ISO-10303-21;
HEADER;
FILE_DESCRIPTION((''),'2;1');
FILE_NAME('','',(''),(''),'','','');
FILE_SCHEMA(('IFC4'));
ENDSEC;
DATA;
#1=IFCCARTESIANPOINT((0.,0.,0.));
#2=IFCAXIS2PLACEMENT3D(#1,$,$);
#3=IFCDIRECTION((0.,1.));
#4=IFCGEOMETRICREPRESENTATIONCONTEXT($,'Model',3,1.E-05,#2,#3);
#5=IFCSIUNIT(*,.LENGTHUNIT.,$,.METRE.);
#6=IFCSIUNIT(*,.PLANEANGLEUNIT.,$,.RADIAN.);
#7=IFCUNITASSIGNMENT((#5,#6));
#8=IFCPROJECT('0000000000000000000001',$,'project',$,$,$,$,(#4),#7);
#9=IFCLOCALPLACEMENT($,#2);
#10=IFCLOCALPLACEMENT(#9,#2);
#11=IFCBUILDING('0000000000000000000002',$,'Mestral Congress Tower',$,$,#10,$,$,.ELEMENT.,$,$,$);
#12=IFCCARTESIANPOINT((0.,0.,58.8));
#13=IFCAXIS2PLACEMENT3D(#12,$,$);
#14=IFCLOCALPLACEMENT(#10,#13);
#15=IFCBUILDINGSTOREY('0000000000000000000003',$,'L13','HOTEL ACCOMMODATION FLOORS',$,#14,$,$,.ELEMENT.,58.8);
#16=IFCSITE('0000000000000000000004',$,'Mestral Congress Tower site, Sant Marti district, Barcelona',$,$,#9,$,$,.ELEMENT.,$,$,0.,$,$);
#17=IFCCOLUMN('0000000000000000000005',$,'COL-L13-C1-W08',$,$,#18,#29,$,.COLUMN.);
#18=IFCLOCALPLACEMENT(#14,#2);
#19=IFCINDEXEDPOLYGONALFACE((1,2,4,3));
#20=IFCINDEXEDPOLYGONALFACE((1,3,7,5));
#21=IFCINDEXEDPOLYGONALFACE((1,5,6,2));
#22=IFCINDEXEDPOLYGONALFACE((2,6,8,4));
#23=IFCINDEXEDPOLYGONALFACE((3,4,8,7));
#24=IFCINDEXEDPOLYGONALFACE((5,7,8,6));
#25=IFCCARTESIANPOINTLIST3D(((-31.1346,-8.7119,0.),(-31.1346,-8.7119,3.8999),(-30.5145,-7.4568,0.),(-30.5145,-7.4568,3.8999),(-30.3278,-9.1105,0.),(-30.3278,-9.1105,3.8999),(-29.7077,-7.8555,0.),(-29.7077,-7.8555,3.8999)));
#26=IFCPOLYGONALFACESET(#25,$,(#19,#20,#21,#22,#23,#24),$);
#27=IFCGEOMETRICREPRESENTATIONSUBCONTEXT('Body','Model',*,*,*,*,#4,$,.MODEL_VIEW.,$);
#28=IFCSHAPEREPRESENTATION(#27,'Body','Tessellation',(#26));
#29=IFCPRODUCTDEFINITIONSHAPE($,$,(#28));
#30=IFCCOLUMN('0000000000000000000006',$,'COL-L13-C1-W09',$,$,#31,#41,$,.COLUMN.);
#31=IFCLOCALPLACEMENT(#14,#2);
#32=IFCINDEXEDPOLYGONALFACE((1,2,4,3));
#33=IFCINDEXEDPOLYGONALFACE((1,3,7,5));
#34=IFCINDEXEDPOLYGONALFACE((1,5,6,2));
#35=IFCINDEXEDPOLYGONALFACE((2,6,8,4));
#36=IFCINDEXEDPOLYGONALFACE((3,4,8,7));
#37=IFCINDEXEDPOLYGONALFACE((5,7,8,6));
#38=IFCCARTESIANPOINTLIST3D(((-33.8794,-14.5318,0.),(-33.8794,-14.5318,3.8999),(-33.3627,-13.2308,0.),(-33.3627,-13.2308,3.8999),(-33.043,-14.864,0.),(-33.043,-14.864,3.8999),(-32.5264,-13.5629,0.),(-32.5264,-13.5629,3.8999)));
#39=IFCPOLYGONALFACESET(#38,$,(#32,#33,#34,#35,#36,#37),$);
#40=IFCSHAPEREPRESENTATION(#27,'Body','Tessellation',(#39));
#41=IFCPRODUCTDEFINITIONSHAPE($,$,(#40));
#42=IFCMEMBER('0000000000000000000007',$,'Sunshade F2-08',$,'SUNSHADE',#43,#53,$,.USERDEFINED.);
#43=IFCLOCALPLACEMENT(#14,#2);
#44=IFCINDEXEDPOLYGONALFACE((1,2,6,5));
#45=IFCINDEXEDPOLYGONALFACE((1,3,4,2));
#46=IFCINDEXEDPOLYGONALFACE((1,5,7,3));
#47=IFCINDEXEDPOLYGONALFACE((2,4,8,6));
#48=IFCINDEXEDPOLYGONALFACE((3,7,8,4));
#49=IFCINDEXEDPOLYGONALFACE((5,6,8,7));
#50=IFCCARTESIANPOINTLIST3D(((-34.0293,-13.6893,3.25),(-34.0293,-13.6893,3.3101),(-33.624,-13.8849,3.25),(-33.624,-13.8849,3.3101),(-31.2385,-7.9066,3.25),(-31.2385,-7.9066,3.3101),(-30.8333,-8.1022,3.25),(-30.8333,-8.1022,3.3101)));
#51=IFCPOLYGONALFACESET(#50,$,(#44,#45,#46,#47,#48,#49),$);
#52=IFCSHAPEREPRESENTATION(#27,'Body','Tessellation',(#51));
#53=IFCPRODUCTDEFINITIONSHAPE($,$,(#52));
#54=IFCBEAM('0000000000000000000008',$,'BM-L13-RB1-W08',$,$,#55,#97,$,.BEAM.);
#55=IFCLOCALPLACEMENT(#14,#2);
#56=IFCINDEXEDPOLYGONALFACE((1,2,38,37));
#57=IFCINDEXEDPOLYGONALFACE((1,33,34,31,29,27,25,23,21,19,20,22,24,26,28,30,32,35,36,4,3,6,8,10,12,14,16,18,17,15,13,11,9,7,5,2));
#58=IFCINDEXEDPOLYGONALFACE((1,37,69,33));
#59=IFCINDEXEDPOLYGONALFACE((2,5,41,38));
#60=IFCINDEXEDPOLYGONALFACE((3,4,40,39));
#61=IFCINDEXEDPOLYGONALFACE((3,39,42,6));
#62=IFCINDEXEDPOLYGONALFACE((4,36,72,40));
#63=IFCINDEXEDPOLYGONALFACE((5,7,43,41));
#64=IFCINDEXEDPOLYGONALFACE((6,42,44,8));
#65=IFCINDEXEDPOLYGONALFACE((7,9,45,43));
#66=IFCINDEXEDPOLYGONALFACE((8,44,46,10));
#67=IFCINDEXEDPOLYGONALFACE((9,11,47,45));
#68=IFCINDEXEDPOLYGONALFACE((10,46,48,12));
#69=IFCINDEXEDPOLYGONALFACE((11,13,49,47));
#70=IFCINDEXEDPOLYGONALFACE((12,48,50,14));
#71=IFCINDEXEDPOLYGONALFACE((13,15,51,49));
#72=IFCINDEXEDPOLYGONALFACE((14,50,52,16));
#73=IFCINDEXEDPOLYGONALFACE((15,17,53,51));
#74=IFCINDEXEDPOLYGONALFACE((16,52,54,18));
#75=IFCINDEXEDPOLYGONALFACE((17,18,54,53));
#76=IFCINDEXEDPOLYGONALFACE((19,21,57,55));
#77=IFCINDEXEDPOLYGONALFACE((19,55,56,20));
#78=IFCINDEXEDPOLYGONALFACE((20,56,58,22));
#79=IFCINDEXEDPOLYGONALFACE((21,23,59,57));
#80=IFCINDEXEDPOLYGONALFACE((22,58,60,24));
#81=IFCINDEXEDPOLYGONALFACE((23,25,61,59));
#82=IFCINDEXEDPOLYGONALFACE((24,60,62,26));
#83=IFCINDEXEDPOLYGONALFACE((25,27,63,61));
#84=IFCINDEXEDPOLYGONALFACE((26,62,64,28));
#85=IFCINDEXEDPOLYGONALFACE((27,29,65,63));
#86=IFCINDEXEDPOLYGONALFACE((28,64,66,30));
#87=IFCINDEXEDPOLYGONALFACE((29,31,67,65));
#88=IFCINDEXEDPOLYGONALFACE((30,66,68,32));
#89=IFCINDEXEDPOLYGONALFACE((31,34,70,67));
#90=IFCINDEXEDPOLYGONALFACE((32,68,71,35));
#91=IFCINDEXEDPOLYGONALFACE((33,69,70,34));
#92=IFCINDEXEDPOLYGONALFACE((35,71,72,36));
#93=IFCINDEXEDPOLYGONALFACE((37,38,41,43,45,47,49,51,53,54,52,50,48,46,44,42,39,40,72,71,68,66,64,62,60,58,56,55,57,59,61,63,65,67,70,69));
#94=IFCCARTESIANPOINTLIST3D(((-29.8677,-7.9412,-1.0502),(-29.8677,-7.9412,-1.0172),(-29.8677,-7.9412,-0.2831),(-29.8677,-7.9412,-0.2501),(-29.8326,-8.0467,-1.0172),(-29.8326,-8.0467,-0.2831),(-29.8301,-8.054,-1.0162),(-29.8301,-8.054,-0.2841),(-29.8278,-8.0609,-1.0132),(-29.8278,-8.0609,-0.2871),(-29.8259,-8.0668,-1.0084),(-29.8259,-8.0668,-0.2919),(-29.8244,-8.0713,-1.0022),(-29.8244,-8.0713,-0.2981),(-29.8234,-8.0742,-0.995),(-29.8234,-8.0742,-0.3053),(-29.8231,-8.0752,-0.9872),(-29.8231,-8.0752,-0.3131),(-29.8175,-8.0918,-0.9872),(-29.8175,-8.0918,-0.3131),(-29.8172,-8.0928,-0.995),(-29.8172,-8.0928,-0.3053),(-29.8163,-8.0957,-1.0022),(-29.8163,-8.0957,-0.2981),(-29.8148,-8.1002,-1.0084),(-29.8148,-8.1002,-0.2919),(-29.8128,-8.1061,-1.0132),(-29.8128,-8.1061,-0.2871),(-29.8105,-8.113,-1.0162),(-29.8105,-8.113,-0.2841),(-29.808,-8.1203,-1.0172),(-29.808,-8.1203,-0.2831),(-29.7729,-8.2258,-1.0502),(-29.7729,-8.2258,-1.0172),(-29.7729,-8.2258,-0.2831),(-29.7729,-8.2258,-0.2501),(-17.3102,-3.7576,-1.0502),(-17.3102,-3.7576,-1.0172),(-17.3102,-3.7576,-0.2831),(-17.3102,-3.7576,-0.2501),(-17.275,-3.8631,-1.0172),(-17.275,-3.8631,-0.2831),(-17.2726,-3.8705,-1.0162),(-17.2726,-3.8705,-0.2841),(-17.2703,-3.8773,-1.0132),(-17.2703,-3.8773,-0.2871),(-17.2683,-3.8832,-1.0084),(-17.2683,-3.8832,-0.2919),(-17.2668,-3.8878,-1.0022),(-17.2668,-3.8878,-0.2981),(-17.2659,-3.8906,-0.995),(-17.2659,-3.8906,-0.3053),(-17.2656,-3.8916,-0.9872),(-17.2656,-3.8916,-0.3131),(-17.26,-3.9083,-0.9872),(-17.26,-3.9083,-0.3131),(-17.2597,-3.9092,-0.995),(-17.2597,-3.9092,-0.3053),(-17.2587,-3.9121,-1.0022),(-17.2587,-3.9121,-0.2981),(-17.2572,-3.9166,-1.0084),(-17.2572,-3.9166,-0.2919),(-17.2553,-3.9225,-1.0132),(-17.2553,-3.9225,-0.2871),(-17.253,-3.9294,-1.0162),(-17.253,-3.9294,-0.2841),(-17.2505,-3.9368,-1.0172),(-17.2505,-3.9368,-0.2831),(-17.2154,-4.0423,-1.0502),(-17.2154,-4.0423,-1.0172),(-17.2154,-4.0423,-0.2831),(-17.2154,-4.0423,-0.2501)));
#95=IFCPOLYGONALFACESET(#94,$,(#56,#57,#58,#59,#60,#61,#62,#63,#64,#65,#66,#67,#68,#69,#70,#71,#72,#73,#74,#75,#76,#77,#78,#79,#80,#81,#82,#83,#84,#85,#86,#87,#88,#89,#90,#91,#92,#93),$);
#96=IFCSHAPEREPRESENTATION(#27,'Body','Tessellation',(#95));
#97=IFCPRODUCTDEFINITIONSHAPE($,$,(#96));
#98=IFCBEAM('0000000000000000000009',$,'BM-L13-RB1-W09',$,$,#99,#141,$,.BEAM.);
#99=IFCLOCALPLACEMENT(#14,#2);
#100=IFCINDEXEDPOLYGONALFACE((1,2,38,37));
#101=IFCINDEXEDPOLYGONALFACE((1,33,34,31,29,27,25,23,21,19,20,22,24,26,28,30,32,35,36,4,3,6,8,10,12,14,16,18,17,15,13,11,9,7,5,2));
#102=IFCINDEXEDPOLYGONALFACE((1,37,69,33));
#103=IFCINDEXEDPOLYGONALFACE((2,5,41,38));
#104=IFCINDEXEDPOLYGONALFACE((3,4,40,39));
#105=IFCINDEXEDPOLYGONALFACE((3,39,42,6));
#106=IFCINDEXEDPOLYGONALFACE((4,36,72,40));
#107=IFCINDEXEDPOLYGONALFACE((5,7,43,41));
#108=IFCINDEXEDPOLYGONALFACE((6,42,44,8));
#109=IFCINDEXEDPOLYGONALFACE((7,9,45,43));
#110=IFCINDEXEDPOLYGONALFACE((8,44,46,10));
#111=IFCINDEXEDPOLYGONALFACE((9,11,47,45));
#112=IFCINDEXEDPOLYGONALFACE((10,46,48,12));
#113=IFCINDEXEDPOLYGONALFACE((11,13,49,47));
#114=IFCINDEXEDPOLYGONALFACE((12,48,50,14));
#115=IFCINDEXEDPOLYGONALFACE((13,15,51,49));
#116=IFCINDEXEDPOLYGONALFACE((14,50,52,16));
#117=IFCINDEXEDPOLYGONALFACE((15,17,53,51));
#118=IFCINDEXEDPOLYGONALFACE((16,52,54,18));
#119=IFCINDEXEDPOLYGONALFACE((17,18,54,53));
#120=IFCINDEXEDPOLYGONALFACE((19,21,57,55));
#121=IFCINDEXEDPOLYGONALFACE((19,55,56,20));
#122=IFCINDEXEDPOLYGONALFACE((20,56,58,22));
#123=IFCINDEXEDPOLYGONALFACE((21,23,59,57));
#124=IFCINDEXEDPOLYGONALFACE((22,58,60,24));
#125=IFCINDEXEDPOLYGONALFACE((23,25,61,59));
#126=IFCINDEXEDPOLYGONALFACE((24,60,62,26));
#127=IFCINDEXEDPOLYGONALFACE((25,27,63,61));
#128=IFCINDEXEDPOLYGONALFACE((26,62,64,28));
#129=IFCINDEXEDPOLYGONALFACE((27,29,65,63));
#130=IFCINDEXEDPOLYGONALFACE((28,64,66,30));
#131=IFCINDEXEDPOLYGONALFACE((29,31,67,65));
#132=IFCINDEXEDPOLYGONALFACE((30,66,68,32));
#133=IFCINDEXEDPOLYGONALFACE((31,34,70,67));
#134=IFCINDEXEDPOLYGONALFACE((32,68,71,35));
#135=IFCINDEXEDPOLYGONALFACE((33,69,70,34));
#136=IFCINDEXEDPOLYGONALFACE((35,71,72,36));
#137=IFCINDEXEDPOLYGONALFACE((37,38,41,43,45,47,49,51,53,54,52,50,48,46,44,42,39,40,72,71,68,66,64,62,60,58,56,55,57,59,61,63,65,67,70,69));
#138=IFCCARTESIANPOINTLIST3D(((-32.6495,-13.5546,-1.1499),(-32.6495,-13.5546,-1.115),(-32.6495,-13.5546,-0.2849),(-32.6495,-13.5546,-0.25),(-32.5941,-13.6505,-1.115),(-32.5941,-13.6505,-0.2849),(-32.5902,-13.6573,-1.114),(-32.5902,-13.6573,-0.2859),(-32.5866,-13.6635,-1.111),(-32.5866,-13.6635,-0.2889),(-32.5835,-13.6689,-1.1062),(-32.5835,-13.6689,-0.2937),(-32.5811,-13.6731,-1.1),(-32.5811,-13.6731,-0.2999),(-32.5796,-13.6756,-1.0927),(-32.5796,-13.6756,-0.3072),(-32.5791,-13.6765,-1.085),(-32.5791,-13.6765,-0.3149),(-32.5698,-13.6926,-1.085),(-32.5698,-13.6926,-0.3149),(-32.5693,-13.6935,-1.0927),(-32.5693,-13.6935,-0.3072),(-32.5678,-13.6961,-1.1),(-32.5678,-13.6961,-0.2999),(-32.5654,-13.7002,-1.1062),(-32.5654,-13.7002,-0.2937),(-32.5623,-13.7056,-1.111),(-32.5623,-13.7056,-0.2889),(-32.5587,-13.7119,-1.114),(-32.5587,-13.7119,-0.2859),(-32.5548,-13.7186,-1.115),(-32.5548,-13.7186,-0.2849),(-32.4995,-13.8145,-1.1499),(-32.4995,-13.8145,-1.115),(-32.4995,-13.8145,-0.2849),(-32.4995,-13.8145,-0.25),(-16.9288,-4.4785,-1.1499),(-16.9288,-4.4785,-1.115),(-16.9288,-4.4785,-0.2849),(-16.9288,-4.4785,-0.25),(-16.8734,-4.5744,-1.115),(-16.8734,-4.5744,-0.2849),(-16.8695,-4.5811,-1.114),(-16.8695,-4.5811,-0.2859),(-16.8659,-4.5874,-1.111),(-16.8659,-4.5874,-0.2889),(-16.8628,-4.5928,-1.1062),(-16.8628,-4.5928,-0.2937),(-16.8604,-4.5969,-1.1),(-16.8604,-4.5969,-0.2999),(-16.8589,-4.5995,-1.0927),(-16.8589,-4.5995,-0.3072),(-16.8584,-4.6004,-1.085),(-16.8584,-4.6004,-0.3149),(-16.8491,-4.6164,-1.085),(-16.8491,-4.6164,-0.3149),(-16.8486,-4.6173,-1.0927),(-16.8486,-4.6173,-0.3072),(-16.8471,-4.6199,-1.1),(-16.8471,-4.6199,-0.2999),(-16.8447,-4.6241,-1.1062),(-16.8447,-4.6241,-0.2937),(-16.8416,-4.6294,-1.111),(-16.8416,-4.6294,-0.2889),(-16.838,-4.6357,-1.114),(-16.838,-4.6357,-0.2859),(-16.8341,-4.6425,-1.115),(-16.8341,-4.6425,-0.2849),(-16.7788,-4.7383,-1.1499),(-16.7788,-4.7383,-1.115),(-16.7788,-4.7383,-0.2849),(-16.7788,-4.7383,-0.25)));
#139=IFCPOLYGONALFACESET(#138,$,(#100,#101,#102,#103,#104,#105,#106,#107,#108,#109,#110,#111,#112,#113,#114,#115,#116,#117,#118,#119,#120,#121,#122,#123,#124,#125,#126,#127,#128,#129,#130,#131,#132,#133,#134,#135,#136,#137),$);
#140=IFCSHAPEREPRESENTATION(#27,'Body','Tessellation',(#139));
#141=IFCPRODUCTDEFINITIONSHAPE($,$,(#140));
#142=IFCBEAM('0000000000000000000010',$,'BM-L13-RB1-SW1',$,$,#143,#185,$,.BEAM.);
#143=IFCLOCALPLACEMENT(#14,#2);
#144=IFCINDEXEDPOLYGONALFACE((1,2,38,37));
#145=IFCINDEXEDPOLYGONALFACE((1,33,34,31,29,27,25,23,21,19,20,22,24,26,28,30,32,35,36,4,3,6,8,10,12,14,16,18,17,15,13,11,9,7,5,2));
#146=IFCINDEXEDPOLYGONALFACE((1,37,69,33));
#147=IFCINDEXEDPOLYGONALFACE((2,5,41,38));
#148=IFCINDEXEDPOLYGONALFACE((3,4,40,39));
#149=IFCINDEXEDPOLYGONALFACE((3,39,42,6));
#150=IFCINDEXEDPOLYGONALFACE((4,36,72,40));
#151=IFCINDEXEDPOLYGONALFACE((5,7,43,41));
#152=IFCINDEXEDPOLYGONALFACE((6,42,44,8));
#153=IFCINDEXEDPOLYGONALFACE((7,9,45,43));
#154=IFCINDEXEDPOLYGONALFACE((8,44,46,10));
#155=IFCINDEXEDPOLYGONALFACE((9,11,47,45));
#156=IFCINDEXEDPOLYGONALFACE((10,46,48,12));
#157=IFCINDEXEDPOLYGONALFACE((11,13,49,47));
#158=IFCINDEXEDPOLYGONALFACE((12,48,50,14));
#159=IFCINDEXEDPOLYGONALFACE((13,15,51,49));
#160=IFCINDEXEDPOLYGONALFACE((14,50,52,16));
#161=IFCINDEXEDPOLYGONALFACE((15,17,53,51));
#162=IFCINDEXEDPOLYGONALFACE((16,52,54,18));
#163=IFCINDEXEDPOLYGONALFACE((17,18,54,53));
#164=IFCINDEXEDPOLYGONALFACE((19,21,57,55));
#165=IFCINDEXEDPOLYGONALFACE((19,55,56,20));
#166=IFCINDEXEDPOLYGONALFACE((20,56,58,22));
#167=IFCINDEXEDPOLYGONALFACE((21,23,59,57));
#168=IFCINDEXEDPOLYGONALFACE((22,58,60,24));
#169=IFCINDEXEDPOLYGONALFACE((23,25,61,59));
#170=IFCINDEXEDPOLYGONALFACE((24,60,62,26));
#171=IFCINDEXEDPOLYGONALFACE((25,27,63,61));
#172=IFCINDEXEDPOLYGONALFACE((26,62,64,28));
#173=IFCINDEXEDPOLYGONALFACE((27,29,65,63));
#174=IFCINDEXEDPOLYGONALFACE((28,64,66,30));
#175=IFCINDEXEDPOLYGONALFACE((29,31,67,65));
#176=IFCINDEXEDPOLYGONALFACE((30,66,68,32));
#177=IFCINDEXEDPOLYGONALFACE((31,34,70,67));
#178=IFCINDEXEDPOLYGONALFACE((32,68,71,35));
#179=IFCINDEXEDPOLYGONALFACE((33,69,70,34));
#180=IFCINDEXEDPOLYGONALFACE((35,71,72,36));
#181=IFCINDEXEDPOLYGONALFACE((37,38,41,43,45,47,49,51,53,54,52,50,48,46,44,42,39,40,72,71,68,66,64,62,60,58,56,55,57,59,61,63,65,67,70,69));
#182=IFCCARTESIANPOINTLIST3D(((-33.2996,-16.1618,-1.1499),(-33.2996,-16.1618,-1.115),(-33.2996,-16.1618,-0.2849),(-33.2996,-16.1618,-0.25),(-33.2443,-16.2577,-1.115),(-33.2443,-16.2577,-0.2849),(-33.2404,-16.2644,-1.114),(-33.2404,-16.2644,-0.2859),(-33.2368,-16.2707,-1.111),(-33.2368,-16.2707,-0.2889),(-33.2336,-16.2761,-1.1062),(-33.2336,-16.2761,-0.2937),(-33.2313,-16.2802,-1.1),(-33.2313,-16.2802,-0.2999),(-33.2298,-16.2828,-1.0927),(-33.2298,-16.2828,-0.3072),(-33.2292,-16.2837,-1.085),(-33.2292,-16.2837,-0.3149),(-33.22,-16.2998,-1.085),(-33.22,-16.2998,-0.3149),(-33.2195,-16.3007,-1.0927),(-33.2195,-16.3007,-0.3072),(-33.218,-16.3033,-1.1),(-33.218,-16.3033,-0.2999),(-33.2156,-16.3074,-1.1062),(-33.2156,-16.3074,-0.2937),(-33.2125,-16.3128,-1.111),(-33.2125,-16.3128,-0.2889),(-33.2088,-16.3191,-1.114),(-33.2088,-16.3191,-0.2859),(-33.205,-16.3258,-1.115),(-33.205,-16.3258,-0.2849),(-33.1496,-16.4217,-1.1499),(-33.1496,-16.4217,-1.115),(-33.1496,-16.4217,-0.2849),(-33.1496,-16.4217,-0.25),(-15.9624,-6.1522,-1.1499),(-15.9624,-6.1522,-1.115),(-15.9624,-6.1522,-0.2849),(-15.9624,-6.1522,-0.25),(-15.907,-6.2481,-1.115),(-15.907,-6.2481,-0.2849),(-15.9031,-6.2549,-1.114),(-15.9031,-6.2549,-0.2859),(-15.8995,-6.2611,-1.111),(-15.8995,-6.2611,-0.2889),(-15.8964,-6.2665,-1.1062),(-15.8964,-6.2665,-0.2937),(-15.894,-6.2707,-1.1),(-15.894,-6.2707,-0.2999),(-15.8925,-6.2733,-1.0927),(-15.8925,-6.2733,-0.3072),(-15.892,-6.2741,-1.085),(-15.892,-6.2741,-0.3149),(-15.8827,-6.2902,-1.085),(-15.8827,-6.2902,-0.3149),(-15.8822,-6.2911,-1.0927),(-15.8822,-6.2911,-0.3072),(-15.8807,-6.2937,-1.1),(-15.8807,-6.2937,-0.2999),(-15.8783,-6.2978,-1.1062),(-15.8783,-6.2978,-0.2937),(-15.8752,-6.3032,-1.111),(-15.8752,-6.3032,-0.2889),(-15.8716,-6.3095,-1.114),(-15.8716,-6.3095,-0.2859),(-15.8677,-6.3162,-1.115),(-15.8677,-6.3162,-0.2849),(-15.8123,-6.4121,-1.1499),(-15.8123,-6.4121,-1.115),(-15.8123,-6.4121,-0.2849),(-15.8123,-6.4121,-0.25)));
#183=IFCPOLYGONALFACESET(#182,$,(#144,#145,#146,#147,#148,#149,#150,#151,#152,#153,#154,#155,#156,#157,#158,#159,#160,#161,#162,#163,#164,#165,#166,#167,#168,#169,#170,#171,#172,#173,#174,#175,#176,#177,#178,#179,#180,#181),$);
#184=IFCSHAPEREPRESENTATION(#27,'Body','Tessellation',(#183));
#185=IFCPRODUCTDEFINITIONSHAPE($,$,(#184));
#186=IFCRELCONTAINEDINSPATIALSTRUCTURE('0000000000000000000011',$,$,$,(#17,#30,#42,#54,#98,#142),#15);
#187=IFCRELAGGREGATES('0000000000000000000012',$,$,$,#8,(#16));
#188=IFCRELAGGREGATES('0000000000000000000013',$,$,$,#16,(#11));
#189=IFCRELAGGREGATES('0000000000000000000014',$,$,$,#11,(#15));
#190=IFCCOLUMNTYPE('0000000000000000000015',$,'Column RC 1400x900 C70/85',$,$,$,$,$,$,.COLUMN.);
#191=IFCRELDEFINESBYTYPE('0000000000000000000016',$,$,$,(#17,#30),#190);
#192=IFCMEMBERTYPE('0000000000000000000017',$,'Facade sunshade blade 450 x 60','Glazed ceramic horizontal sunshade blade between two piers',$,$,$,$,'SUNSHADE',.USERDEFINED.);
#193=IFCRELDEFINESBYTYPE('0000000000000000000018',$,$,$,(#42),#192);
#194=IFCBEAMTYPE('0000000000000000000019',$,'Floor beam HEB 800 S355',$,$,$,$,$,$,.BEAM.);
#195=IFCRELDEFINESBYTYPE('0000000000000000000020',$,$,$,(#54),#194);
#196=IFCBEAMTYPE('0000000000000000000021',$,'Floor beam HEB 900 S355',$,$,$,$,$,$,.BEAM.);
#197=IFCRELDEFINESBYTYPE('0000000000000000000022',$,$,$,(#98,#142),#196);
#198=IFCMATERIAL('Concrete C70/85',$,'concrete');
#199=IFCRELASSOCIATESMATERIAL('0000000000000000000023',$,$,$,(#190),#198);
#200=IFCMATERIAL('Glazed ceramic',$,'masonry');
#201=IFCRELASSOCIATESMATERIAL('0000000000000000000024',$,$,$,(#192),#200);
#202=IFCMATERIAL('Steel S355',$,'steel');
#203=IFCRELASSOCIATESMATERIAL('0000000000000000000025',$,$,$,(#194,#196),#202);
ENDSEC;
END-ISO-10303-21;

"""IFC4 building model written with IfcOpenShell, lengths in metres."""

from ifc_helpers import new_model, si_unit, direction, frame, origin, origin_2d, place, context, subcontext, project, spatial, rectangle, i_section, extrude, material, material_profile, profile_set, type_object, element, save


model = new_model("IFC4")

# Units and contexts
model_context = context("Model", 3, precision=1e-05, world=origin(), true_north=direction((0.0, 1.0)))
body_context = subcontext(model_context, "Body", "Model", "MODEL_VIEW")
ifc_project = project(units=[si_unit("LENGTHUNIT", "METRE"), si_unit("PLANEANGLEUNIT", "RADIAN")], contexts=[model_context])

# Site, building, storey
site_placement = place(None, origin())
site = spatial("IfcSite", under=ifc_project, at=site_placement, Name="Mestral Congress Tower site, Sant Marti district, Barcelona", CompositionType="ELEMENT", RefElevation=0.0)
building_placement = place(site_placement, origin())
building = spatial("IfcBuilding", under=site, at=building_placement, Name="Mestral Congress Tower", CompositionType="ELEMENT")
storey_placement = place(building_placement, frame((0.0, 0.0, 58.8)))
storey = spatial("IfcBuildingStorey", under=building, at=storey_placement, Name="L13", Description="HOTEL ACCOMMODATION FLOORS", CompositionType="ELEMENT", Elevation=58.8)

# Columns
ifc_material_1 = material(Name="Concrete C70/85", Category="concrete")
ifc_material_profile_1 = material_profile(ifc_material_1, rectangle(XDim=1.3999, YDim=0.8999, at=origin_2d()), Name="RC 1400x900")
ifc_profile_set_1 = profile_set([ifc_material_profile_1], Name="Concrete C70/85")
column_type = type_object("IfcColumnType", Name="Column RC 1400x900 C70/85", PredefinedType="COLUMN", material=ifc_profile_set_1)
for number, where, z_axis, x_axis, name in (
    (1, (-30.4211, -8.2837, 0.0), (0.0, 0.0, 1.0), (-0.442959, -0.896542, 0.0), "COL-L13-C1-W08"),
    (2, (-33.2029, -14.0474, 0.0), (0.0, 0.0, 1.0), (-0.36909, -0.929394, 0.0), "COL-L13-C1-W09"),
):
    element("IfcColumn", number, at=place(storey_placement, frame(where, z_axis=z_axis, x_axis=x_axis)), inside=storey, type_object=column_type, Name=name, PredefinedType="COLUMN", context=body_context, shape_type="SweptSolid", body=[
        extrude(rectangle(XDim=1.3999, YDim=0.8999, at=origin_2d()), origin(), (0.0, 0.0, 1.0), 3.8999),
    ])

# Member
ifc_material_2 = material(Name="Glazed ceramic", Category="masonry")
ifc_material_profile_2 = material_profile(ifc_material_2, rectangle(XDim=0.45, YDim=0.0601, at=origin_2d()), Name="Ceramic blade 450 x 60")
ifc_profile_set_2 = profile_set([ifc_material_profile_2], Name="Glazed ceramic")
member_type = type_object("IfcMemberType", Name="Facade sunshade blade 450 x 60", Description="Glazed ceramic horizontal sunshade blade between two piers", ElementType="SUNSHADE", PredefinedType="USERDEFINED", material=ifc_profile_set_2)
member_placement = place(storey_placement, frame((-31.0359, -8.0044, 3.28), z_axis=(-0.434637, -0.900606, 0.0), x_axis=(0.900606, -0.434637, 0.0)))
element("IfcMember", 3, at=member_placement, inside=storey, type_object=member_type, Name="Sunshade F2-08", ObjectType="SUNSHADE", PredefinedType="USERDEFINED", context=body_context, shape_type="SweptSolid", body=[
    extrude(rectangle(XDim=0.45, YDim=0.0601, at=origin_2d()), origin(), (0.0, 0.0, 1.0), 6.4209),
])

# Beams
ifc_material_3 = material(Name="Steel S355", Category="steel")
ifc_material_profile_3 = material_profile(ifc_material_3, i_section(OverallWidth=0.3, OverallDepth=0.8, WebThickness=0.0176, FlangeThickness=0.033, FilletRadius=0.03, at=origin_2d()), Name="HEB 800")
ifc_profile_set_3 = profile_set([ifc_material_profile_3], Name="Steel S355")
beam_type_1 = type_object("IfcBeamType", Name="Floor beam HEB 800 S355", PredefinedType="BEAM", material=ifc_profile_set_3)
beam_1_placement = place(storey_placement, frame((-29.8203, -8.0835, -0.6501), z_axis=(0.948735, 0.316073, 0.0), x_axis=(-0.316073, 0.948735, 0.0)))
element("IfcBeam", 4, at=beam_1_placement, inside=storey, type_object=beam_type_1, Name="BM-L13-RB1-W08", PredefinedType="BEAM", context=body_context, shape_type="SweptSolid", body=[
    extrude(i_section(OverallWidth=0.3, OverallDepth=0.8, WebThickness=0.0176, FlangeThickness=0.033, FilletRadius=0.03, at=origin_2d()), origin(), (0.0, 0.0, 1.0), 13.2361),
])
ifc_material_profile_4 = material_profile(ifc_material_3, i_section(OverallWidth=0.3, OverallDepth=0.8999, WebThickness=0.0186, FlangeThickness=0.0349, FilletRadius=0.03, at=origin_2d()), Name="HEB 900")
ifc_profile_set_4 = profile_set([ifc_material_profile_4], Name="Steel S355")
beam_type_2 = type_object("IfcBeamType", Name="Floor beam HEB 900 S355", PredefinedType="BEAM", material=ifc_profile_set_4)
beam_2_placement = place(storey_placement, frame((-32.5745, -13.6846, -0.7), z_axis=(0.86603, 0.499993, 0.0), x_axis=(-0.499993, 0.86603, 0.0)))
element("IfcBeam", 5, at=beam_2_placement, inside=storey, type_object=beam_type_2, Name="BM-L13-RB1-W09", PredefinedType="BEAM", context=body_context, shape_type="SweptSolid", body=[
    extrude(i_section(OverallWidth=0.3, OverallDepth=0.8999, WebThickness=0.0186, FlangeThickness=0.0349, FilletRadius=0.03, at=origin_2d()), origin(), (0.0, 0.0, 1.0), 18.1526),
])
beam_3_placement = place(storey_placement, frame((-33.2246, -16.2917, -0.7), z_axis=(0.866027, 0.499997, 0.0), x_axis=(-0.499997, 0.866027, 0.0)))
element("IfcBeam", 6, at=beam_3_placement, inside=storey, type_object=beam_type_2, Name="BM-L13-RB1-SW1", PredefinedType="BEAM", context=body_context, shape_type="SweptSolid", body=[
    extrude(i_section(OverallWidth=0.3, OverallDepth=0.8999, WebThickness=0.0186, FlangeThickness=0.0349, FilletRadius=0.03, at=origin_2d()), origin(), (0.0, 0.0, 1.0), 20.0193),
])

save(model, "model.ifc")
